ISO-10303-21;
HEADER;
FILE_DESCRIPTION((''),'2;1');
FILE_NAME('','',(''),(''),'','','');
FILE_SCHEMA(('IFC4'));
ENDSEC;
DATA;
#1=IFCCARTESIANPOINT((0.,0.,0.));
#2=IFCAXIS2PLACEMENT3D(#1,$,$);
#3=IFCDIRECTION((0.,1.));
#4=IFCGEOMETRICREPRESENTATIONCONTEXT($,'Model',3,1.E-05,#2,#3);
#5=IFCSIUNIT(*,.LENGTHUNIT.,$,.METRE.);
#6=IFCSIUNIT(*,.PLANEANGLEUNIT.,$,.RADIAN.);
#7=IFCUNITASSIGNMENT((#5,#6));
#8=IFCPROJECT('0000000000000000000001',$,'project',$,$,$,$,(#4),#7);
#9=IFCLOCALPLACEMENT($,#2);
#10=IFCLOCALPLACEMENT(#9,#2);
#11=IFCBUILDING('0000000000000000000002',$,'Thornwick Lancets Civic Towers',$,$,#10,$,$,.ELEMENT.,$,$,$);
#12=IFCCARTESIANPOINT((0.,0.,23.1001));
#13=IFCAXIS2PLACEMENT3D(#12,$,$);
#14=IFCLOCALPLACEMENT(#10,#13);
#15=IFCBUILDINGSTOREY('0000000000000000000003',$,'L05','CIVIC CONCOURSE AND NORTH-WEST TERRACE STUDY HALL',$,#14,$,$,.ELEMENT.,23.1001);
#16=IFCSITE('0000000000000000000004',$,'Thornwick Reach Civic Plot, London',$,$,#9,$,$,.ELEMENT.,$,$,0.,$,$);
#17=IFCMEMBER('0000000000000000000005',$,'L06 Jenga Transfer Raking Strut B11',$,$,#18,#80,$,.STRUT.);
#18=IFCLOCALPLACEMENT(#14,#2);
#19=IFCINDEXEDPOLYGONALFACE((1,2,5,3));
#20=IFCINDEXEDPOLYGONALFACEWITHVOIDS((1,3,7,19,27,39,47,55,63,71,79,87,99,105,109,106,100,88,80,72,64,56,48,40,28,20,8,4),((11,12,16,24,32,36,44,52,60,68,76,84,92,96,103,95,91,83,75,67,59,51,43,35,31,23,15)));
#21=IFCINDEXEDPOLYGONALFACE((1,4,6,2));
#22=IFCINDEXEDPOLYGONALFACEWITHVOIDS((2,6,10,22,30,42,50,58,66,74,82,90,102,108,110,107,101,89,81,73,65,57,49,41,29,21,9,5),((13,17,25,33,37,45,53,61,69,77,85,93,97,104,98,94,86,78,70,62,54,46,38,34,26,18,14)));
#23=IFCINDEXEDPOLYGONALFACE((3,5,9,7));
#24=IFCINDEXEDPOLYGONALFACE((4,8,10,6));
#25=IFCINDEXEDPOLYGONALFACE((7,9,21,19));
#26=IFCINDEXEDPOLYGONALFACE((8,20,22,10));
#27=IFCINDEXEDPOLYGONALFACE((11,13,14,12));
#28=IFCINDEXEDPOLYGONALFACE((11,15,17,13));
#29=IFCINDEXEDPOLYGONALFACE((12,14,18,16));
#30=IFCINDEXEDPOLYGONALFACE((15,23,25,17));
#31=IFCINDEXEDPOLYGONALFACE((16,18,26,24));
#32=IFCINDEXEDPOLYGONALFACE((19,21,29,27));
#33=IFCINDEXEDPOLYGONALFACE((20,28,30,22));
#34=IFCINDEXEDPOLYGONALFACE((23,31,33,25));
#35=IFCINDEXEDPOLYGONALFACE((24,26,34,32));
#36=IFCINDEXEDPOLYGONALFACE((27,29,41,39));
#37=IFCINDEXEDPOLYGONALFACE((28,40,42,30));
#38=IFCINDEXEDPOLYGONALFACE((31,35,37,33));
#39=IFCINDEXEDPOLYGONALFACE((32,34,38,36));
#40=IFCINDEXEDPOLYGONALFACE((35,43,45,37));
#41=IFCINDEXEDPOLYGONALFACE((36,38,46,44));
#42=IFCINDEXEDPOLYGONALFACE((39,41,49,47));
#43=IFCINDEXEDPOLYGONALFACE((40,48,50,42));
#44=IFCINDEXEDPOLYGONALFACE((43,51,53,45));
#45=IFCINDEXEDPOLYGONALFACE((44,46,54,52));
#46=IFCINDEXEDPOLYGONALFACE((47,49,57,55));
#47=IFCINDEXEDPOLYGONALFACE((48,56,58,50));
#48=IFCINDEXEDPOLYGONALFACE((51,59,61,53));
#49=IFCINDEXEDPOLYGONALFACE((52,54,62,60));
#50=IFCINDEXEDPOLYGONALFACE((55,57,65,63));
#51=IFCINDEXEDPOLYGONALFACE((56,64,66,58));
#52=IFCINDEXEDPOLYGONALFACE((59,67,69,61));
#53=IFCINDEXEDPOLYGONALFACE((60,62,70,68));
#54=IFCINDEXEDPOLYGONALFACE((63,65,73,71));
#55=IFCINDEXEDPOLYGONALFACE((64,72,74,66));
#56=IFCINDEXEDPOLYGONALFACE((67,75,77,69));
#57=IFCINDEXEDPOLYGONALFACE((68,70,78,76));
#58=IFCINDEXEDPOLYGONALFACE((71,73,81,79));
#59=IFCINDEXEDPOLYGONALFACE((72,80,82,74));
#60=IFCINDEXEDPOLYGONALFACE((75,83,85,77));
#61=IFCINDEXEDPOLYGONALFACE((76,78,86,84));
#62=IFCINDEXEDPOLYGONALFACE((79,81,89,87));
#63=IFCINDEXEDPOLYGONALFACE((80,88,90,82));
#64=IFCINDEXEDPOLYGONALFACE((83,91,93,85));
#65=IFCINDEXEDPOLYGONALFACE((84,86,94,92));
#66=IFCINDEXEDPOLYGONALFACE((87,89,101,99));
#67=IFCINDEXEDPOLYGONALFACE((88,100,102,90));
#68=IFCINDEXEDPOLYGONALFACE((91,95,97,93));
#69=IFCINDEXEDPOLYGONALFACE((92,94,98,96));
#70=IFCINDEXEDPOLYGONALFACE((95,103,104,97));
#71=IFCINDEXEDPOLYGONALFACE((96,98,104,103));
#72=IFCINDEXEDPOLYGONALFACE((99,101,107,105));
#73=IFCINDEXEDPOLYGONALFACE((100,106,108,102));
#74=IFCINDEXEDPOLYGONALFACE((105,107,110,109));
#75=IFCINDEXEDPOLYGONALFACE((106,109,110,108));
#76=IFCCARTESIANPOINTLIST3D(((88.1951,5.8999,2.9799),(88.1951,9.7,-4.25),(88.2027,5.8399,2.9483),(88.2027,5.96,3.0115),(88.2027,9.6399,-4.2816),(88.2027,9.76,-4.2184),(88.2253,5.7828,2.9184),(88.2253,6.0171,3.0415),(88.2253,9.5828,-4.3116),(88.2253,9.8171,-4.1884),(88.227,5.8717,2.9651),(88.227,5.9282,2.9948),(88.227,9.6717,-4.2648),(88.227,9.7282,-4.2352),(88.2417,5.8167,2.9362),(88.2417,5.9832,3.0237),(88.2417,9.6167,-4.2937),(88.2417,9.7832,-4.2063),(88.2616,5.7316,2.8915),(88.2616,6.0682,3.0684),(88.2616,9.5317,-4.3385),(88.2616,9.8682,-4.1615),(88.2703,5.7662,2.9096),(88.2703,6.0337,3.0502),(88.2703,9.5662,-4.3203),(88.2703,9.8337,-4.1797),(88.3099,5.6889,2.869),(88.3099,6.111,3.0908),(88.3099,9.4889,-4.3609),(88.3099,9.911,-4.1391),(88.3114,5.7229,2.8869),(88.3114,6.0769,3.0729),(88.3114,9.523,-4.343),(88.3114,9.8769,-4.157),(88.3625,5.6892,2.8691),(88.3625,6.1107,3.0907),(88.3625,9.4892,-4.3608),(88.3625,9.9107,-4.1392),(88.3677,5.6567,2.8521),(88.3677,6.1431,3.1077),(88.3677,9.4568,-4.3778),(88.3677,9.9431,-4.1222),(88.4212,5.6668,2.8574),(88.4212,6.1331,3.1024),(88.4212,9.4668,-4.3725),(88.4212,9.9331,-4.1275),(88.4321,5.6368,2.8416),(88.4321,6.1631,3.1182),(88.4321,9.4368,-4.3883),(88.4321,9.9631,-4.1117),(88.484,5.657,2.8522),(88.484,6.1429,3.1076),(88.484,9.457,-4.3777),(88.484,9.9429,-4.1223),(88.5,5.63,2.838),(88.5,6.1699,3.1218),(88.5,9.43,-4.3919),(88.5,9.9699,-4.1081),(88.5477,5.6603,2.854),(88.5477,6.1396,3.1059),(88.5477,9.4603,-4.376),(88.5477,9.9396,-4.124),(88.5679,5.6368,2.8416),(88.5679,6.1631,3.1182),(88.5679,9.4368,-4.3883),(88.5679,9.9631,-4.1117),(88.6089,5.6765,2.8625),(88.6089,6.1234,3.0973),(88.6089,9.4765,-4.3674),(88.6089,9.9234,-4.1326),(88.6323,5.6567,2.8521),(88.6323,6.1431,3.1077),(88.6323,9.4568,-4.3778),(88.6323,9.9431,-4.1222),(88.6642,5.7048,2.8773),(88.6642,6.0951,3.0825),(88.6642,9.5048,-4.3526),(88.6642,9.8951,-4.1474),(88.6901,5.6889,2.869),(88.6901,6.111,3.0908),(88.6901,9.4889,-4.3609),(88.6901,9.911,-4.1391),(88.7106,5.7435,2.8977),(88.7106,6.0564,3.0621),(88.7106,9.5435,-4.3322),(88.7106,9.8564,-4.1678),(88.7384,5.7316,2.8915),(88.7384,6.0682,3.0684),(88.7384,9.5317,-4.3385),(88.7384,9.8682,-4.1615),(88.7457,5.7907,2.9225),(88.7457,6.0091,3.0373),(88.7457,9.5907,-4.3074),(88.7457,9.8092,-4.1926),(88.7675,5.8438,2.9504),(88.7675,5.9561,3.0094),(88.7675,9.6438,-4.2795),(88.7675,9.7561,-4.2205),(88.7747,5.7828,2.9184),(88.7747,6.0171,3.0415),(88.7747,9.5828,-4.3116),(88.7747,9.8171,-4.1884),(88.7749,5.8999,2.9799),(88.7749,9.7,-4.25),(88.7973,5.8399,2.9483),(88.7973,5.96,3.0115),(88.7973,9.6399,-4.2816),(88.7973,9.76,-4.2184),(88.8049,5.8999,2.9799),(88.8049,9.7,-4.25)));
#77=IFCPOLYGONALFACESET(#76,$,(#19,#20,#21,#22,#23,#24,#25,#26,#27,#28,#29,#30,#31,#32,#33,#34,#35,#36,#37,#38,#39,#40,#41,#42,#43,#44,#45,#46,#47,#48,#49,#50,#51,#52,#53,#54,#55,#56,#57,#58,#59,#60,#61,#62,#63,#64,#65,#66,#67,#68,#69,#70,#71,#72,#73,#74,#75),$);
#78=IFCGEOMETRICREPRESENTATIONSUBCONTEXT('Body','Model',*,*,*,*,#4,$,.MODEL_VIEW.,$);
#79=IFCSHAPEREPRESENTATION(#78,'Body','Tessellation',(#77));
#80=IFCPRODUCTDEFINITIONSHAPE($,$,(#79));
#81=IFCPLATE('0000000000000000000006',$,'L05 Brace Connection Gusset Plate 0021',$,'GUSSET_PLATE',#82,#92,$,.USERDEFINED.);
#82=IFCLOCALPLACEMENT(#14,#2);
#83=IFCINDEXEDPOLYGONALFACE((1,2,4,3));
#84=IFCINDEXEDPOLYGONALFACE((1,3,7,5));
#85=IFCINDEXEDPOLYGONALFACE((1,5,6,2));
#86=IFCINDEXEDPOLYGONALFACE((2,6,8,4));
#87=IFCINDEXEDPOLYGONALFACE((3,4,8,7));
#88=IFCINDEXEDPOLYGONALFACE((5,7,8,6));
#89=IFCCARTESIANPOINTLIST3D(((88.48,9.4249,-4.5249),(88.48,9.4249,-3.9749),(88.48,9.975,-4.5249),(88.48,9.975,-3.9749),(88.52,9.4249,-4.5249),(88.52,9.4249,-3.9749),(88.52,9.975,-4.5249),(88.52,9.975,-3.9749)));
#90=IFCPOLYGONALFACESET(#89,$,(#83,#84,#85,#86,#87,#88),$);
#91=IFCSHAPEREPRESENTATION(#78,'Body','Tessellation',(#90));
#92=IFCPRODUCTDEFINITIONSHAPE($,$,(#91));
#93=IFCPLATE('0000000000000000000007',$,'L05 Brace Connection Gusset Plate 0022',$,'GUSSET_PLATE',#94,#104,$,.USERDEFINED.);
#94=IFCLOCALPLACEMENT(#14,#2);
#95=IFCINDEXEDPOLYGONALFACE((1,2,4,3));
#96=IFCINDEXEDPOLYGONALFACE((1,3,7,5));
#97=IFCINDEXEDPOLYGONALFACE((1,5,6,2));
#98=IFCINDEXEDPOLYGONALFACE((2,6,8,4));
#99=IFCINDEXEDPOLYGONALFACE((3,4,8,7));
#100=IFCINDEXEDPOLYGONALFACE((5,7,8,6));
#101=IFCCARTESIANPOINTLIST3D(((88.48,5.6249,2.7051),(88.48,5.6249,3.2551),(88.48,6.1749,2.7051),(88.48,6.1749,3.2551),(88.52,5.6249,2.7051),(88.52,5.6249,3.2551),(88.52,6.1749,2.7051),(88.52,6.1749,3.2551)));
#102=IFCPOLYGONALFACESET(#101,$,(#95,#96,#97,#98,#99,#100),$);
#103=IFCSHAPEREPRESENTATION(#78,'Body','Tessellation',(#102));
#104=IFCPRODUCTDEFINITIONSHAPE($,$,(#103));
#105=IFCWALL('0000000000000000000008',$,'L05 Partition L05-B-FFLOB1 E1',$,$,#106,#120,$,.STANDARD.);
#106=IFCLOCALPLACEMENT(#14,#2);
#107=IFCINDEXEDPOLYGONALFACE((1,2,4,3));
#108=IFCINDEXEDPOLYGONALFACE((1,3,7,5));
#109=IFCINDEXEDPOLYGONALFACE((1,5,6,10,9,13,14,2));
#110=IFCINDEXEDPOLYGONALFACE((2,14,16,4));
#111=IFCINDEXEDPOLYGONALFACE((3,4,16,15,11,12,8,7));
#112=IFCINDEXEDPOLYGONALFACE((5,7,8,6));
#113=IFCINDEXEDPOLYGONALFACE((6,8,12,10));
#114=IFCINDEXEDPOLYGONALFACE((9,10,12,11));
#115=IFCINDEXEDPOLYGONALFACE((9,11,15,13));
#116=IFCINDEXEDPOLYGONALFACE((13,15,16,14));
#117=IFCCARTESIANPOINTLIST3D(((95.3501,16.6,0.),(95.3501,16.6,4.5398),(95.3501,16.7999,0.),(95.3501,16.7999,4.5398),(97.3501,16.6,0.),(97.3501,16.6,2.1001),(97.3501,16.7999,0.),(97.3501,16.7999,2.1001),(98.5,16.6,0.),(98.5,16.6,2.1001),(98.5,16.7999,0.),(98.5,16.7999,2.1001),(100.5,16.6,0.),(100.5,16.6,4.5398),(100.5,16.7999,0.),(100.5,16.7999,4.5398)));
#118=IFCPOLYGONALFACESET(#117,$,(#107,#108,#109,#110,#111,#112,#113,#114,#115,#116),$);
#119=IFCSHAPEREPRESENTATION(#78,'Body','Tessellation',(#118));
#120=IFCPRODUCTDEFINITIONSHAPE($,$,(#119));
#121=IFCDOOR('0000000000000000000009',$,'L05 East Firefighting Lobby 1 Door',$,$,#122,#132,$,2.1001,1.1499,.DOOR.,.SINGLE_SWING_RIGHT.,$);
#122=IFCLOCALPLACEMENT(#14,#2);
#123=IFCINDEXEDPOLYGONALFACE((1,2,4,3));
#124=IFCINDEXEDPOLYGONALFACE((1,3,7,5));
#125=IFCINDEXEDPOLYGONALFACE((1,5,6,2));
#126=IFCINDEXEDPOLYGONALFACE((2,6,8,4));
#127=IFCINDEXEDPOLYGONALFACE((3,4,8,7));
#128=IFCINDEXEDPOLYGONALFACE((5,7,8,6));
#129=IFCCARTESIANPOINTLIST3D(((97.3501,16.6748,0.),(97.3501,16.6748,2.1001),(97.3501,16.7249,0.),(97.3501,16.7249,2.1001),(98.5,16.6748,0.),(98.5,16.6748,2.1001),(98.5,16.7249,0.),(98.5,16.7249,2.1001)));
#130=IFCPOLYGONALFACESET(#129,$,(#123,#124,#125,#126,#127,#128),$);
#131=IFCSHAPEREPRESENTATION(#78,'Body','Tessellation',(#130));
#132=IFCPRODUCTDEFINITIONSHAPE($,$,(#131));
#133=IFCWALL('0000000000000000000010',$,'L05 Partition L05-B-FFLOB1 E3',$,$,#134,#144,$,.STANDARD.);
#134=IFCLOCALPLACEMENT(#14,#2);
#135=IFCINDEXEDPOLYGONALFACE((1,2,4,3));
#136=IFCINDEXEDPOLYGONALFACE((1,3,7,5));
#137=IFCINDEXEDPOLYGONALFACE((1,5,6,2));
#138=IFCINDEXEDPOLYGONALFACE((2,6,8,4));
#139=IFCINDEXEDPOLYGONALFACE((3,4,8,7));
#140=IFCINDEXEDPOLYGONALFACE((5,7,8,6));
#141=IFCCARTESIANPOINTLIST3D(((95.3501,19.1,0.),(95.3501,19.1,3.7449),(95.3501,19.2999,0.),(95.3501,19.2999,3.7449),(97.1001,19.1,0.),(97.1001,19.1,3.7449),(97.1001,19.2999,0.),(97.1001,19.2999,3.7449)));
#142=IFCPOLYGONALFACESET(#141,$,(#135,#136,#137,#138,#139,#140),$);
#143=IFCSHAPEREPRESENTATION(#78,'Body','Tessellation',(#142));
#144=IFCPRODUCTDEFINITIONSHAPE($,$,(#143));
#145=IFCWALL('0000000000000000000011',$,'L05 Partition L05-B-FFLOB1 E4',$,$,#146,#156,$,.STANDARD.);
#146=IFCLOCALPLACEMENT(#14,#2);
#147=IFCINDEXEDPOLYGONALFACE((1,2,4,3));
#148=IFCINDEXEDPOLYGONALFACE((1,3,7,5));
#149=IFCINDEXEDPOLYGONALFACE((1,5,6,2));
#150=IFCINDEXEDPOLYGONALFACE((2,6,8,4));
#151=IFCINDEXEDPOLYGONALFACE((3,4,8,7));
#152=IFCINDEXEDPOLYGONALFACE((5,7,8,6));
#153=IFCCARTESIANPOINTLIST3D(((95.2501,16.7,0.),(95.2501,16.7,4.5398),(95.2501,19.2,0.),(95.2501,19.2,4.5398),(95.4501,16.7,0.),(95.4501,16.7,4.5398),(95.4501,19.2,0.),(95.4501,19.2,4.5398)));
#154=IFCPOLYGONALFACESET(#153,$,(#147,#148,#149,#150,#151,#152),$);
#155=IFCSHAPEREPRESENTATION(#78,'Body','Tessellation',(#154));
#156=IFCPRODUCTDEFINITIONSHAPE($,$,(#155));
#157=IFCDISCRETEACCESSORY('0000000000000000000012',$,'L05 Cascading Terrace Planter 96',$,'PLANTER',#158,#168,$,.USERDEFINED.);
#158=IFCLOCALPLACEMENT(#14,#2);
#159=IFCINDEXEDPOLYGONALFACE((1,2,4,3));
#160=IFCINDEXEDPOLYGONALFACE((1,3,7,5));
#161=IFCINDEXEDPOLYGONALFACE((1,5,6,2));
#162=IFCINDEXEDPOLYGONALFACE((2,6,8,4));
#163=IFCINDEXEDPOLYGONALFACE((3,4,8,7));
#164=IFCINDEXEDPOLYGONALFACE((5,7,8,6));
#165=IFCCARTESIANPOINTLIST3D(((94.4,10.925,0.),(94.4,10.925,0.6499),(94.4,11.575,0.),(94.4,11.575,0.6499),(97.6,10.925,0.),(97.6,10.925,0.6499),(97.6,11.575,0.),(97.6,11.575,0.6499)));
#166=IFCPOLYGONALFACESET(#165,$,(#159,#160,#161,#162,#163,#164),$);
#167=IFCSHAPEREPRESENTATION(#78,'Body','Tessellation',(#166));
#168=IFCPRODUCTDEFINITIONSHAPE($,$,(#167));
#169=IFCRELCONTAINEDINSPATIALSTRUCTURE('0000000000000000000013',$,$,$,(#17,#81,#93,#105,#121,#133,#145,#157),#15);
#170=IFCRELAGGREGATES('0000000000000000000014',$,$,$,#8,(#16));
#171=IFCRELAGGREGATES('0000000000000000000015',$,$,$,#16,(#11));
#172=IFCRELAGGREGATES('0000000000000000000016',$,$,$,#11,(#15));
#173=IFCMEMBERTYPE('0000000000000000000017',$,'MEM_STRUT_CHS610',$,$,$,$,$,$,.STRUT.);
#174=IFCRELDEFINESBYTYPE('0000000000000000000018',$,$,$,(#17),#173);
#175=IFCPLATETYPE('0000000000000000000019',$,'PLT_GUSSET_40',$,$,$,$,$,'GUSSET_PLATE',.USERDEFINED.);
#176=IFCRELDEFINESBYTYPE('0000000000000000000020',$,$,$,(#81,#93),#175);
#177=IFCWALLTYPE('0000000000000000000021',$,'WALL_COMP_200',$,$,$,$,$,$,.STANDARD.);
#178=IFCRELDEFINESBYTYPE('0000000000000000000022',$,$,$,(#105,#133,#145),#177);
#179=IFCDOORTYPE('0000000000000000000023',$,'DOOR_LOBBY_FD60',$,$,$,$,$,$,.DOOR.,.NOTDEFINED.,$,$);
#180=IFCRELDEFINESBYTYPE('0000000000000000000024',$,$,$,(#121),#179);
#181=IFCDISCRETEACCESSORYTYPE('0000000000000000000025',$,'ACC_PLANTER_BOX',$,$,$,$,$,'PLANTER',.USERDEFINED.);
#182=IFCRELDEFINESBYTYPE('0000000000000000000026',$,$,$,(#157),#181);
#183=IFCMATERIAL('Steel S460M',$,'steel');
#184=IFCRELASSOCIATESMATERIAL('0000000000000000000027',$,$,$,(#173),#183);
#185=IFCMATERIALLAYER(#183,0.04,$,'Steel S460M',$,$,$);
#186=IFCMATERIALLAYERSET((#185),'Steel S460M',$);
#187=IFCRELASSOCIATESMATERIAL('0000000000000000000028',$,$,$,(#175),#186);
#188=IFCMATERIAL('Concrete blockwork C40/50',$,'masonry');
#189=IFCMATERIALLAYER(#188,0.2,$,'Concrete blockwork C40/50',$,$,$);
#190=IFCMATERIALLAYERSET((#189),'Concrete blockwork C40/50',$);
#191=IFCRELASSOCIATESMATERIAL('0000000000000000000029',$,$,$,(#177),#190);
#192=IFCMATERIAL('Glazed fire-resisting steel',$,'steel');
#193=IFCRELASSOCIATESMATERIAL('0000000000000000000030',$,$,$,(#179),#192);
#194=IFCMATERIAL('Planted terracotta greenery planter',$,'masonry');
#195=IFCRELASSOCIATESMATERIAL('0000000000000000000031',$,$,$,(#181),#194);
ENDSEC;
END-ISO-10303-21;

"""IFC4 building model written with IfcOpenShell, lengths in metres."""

from ifc_helpers import new_model, si_unit, direction, frame, frame_2d, origin, origin_2d, place, context, subcontext, project, spatial, rectangle, hollow_circle, extrude, material, layer, layer_set, material_profile, profile_set, type_object, element, fill, save


model = new_model("IFC4")

# Units and contexts
model_context = context("Model", 3, precision=1e-05, world=origin(), true_north=direction((0.0, 1.0)))
body_context = subcontext(model_context, "Body", "Model", "MODEL_VIEW")
ifc_project = project(units=[si_unit("LENGTHUNIT", "METRE"), si_unit("PLANEANGLEUNIT", "RADIAN")], contexts=[model_context])

# Site, building, storey
site_placement = place(None, origin())
site = spatial("IfcSite", under=ifc_project, at=site_placement, Name="Thornwick Reach Civic Plot, London", CompositionType="ELEMENT", RefElevation=0.0)
building_placement = place(site_placement, origin())
building = spatial("IfcBuilding", under=site, at=building_placement, Name="Thornwick Lancets Civic Towers", CompositionType="ELEMENT")
storey_placement = place(building_placement, frame((0.0, 0.0, 23.1001)))
storey = spatial("IfcBuildingStorey", under=building, at=storey_placement, Name="L05", Description="CIVIC CONCOURSE AND NORTH-WEST TERRACE STUDY HALL", CompositionType="ELEMENT", Elevation=23.1001)

# Shared definitions
ifc_material_1 = material(Name="Steel S460M", Category="steel")

# Member
ifc_material_profile_1 = material_profile(ifc_material_1, hollow_circle(Radius=0.3049, WallThickness=0.03, at=origin_2d()), Name="CHS 610x30")
ifc_profile_set_1 = profile_set([ifc_material_profile_1], Name="Steel S460M")
member_type = type_object("IfcMemberType", Name="MEM_STRUT_CHS610", PredefinedType="STRUT", material=ifc_profile_set_1)
member_placement = place(storey_placement, frame((88.5, 9.7, -4.25), z_axis=(0.0, -0.465247, 0.885181), x_axis=(1.0, 0.0, 0.0)))
element("IfcMember", 1, at=member_placement, inside=storey, type_object=member_type, Name="L06 Jenga Transfer Raking Strut B11", PredefinedType="STRUT", context=body_context, shape_type="SweptSolid", body=[
    extrude(hollow_circle(Radius=0.3049, WallThickness=0.03, at=origin_2d()), origin(), (0.0, 0.0, 1.0), 8.1677),
])

# Plates
ifc_layer_1 = layer(ifc_material_1, 0.04, Name="Steel S460M")
ifc_layer_set_1 = layer_set([ifc_layer_1], Name="Steel S460M")
plate_type = type_object("IfcPlateType", Name="PLT_GUSSET_40", ElementType="GUSSET_PLATE", PredefinedType="USERDEFINED", material=ifc_layer_set_1)
for number, where, z_axis, x_axis, name in (
    (2, (88.5, 9.7, -4.5249), (0.0, 0.0, 1.0), (0.0, -1.0, 0.0), "L05 Brace Connection Gusset Plate 0021"),
    (3, (88.5, 5.8999, 2.7051), (0.0, 0.0, 1.0), (0.0, -1.0, 0.0), "L05 Brace Connection Gusset Plate 0022"),
):
    element("IfcPlate", number, at=place(storey_placement, frame(where, z_axis=z_axis, x_axis=x_axis)), inside=storey, type_object=plate_type, Name=name, ObjectType="GUSSET_PLATE", PredefinedType="USERDEFINED", context=body_context, shape_type="SweptSolid", body=[
        extrude(rectangle(XDim=0.55, YDim=0.04, at=origin_2d()), origin(), (0.0, 0.0, 1.0), 0.55),
    ])

# Shared definitions
ifc_material_2 = material(Name="Concrete blockwork C40/50", Category="masonry")
ifc_layer_2 = layer(ifc_material_2, 0.2, Name="Concrete blockwork C40/50")
ifc_layer_set_2 = layer_set([ifc_layer_2], Name="Concrete blockwork C40/50")
wall_type = type_object("IfcWallType", Name="WALL_COMP_200", PredefinedType="STANDARD", material=ifc_layer_set_2)

# Wall, opening, door
wall_1_placement = place(storey_placement, frame((95.3501, 16.7, 0.0), z_axis=(0.0, 0.0, 1.0), x_axis=(1.0, 0.0, 0.0)))
wall_1 = element("IfcWall", 4, at=wall_1_placement, inside=storey, type_object=wall_type, Name="L05 Partition L05-B-FFLOB1 E1", PredefinedType="STANDARD", context=body_context, shape_type="SweptSolid", body=[
    extrude(rectangle(XDim=5.1499, YDim=0.2, at=frame_2d((2.575, 0.0))), origin(), (0.0, 0.0, 1.0), 4.5398),
])
opening_placement = place(wall_1_placement, frame((2.0, 0.0, 0.0)))
opening = element("IfcOpeningElement", 5, at=opening_placement, cuts=wall_1, PredefinedType="OPENING", context=body_context, shape_type="SweptSolid", body=[
    extrude(rectangle(XDim=1.1499, YDim=2.1001, at=frame_2d((0.575, 1.05))), frame((0.0, 0.1099, 0.0), z_axis=(0.0, -1.0, 0.0), x_axis=(1.0, 0.0, 0.0)), (0.0, 0.0, 1.0), 0.22),
])
ifc_material_3 = material(Name="Glazed fire-resisting steel", Category="steel")
door_type = type_object("IfcDoorType", Name="DOOR_LOBBY_FD60", OperationType="NOTDEFINED", PredefinedType="DOOR", material=ifc_material_3)
door_placement = place(opening_placement, origin())
door = element("IfcDoor", 6, at=door_placement, inside=storey, type_object=door_type, Name="L05 East Firefighting Lobby 1 Door", OperationType="SINGLE_SWING_RIGHT", OverallHeight=2.1001, OverallWidth=1.1499, PredefinedType="DOOR", context=body_context, shape_type="SweptSolid", body=[
    extrude(rectangle(XDim=1.1499, YDim=2.1001, at=frame_2d((0.575, 1.05))), frame((0.0, 0.0249, 0.0), z_axis=(0.0, -1.0, 0.0), x_axis=(1.0, 0.0, 0.0)), (0.0, 0.0, 1.0), 0.05),
])
fill(opening, door)

# Walls
wall_2_placement = place(storey_placement, frame((97.1001, 19.2, 0.0), z_axis=(0.0, 0.0, 1.0), x_axis=(-1.0, 0.0, 0.0)))
element("IfcWall", 7, at=wall_2_placement, inside=storey, type_object=wall_type, Name="L05 Partition L05-B-FFLOB1 E3", PredefinedType="STANDARD", context=body_context, shape_type="SweptSolid", body=[
    extrude(rectangle(XDim=1.75, YDim=0.2, at=frame_2d((0.875, 0.0))), origin(), (0.0, 0.0, 1.0), 3.7449),
])
wall_3_placement = place(storey_placement, frame((95.3501, 19.2, 0.0), z_axis=(0.0, 0.0, 1.0), x_axis=(0.0, -1.0, 0.0)))
element("IfcWall", 8, at=wall_3_placement, inside=storey, type_object=wall_type, Name="L05 Partition L05-B-FFLOB1 E4", PredefinedType="STANDARD", context=body_context, shape_type="SweptSolid", body=[
    extrude(rectangle(XDim=2.5, YDim=0.2, at=frame_2d((1.25, 0.0))), origin(), (0.0, 0.0, 1.0), 4.5398),
])

# Discrete accessory
ifc_material_4 = material(Name="Planted terracotta greenery planter", Category="masonry")
discrete_accessory_type = type_object("IfcDiscreteAccessoryType", Name="ACC_PLANTER_BOX", ElementType="PLANTER", PredefinedType="USERDEFINED", material=ifc_material_4)
discrete_accessory_placement = place(storey_placement, frame((96.0, 11.25, 0.0), z_axis=(0.0, 0.0, 1.0), x_axis=(1.0, 0.0, 0.0)))
element("IfcDiscreteAccessory", 9, at=discrete_accessory_placement, inside=storey, type_object=discrete_accessory_type, Name="L05 Cascading Terrace Planter 96", ObjectType="PLANTER", PredefinedType="USERDEFINED", context=body_context, shape_type="SweptSolid", body=[
    extrude(rectangle(XDim=3.2, YDim=0.6499, at=origin_2d()), origin(), (0.0, 0.0, 1.0), 0.6499),
])

save(model, "model.ifc")
